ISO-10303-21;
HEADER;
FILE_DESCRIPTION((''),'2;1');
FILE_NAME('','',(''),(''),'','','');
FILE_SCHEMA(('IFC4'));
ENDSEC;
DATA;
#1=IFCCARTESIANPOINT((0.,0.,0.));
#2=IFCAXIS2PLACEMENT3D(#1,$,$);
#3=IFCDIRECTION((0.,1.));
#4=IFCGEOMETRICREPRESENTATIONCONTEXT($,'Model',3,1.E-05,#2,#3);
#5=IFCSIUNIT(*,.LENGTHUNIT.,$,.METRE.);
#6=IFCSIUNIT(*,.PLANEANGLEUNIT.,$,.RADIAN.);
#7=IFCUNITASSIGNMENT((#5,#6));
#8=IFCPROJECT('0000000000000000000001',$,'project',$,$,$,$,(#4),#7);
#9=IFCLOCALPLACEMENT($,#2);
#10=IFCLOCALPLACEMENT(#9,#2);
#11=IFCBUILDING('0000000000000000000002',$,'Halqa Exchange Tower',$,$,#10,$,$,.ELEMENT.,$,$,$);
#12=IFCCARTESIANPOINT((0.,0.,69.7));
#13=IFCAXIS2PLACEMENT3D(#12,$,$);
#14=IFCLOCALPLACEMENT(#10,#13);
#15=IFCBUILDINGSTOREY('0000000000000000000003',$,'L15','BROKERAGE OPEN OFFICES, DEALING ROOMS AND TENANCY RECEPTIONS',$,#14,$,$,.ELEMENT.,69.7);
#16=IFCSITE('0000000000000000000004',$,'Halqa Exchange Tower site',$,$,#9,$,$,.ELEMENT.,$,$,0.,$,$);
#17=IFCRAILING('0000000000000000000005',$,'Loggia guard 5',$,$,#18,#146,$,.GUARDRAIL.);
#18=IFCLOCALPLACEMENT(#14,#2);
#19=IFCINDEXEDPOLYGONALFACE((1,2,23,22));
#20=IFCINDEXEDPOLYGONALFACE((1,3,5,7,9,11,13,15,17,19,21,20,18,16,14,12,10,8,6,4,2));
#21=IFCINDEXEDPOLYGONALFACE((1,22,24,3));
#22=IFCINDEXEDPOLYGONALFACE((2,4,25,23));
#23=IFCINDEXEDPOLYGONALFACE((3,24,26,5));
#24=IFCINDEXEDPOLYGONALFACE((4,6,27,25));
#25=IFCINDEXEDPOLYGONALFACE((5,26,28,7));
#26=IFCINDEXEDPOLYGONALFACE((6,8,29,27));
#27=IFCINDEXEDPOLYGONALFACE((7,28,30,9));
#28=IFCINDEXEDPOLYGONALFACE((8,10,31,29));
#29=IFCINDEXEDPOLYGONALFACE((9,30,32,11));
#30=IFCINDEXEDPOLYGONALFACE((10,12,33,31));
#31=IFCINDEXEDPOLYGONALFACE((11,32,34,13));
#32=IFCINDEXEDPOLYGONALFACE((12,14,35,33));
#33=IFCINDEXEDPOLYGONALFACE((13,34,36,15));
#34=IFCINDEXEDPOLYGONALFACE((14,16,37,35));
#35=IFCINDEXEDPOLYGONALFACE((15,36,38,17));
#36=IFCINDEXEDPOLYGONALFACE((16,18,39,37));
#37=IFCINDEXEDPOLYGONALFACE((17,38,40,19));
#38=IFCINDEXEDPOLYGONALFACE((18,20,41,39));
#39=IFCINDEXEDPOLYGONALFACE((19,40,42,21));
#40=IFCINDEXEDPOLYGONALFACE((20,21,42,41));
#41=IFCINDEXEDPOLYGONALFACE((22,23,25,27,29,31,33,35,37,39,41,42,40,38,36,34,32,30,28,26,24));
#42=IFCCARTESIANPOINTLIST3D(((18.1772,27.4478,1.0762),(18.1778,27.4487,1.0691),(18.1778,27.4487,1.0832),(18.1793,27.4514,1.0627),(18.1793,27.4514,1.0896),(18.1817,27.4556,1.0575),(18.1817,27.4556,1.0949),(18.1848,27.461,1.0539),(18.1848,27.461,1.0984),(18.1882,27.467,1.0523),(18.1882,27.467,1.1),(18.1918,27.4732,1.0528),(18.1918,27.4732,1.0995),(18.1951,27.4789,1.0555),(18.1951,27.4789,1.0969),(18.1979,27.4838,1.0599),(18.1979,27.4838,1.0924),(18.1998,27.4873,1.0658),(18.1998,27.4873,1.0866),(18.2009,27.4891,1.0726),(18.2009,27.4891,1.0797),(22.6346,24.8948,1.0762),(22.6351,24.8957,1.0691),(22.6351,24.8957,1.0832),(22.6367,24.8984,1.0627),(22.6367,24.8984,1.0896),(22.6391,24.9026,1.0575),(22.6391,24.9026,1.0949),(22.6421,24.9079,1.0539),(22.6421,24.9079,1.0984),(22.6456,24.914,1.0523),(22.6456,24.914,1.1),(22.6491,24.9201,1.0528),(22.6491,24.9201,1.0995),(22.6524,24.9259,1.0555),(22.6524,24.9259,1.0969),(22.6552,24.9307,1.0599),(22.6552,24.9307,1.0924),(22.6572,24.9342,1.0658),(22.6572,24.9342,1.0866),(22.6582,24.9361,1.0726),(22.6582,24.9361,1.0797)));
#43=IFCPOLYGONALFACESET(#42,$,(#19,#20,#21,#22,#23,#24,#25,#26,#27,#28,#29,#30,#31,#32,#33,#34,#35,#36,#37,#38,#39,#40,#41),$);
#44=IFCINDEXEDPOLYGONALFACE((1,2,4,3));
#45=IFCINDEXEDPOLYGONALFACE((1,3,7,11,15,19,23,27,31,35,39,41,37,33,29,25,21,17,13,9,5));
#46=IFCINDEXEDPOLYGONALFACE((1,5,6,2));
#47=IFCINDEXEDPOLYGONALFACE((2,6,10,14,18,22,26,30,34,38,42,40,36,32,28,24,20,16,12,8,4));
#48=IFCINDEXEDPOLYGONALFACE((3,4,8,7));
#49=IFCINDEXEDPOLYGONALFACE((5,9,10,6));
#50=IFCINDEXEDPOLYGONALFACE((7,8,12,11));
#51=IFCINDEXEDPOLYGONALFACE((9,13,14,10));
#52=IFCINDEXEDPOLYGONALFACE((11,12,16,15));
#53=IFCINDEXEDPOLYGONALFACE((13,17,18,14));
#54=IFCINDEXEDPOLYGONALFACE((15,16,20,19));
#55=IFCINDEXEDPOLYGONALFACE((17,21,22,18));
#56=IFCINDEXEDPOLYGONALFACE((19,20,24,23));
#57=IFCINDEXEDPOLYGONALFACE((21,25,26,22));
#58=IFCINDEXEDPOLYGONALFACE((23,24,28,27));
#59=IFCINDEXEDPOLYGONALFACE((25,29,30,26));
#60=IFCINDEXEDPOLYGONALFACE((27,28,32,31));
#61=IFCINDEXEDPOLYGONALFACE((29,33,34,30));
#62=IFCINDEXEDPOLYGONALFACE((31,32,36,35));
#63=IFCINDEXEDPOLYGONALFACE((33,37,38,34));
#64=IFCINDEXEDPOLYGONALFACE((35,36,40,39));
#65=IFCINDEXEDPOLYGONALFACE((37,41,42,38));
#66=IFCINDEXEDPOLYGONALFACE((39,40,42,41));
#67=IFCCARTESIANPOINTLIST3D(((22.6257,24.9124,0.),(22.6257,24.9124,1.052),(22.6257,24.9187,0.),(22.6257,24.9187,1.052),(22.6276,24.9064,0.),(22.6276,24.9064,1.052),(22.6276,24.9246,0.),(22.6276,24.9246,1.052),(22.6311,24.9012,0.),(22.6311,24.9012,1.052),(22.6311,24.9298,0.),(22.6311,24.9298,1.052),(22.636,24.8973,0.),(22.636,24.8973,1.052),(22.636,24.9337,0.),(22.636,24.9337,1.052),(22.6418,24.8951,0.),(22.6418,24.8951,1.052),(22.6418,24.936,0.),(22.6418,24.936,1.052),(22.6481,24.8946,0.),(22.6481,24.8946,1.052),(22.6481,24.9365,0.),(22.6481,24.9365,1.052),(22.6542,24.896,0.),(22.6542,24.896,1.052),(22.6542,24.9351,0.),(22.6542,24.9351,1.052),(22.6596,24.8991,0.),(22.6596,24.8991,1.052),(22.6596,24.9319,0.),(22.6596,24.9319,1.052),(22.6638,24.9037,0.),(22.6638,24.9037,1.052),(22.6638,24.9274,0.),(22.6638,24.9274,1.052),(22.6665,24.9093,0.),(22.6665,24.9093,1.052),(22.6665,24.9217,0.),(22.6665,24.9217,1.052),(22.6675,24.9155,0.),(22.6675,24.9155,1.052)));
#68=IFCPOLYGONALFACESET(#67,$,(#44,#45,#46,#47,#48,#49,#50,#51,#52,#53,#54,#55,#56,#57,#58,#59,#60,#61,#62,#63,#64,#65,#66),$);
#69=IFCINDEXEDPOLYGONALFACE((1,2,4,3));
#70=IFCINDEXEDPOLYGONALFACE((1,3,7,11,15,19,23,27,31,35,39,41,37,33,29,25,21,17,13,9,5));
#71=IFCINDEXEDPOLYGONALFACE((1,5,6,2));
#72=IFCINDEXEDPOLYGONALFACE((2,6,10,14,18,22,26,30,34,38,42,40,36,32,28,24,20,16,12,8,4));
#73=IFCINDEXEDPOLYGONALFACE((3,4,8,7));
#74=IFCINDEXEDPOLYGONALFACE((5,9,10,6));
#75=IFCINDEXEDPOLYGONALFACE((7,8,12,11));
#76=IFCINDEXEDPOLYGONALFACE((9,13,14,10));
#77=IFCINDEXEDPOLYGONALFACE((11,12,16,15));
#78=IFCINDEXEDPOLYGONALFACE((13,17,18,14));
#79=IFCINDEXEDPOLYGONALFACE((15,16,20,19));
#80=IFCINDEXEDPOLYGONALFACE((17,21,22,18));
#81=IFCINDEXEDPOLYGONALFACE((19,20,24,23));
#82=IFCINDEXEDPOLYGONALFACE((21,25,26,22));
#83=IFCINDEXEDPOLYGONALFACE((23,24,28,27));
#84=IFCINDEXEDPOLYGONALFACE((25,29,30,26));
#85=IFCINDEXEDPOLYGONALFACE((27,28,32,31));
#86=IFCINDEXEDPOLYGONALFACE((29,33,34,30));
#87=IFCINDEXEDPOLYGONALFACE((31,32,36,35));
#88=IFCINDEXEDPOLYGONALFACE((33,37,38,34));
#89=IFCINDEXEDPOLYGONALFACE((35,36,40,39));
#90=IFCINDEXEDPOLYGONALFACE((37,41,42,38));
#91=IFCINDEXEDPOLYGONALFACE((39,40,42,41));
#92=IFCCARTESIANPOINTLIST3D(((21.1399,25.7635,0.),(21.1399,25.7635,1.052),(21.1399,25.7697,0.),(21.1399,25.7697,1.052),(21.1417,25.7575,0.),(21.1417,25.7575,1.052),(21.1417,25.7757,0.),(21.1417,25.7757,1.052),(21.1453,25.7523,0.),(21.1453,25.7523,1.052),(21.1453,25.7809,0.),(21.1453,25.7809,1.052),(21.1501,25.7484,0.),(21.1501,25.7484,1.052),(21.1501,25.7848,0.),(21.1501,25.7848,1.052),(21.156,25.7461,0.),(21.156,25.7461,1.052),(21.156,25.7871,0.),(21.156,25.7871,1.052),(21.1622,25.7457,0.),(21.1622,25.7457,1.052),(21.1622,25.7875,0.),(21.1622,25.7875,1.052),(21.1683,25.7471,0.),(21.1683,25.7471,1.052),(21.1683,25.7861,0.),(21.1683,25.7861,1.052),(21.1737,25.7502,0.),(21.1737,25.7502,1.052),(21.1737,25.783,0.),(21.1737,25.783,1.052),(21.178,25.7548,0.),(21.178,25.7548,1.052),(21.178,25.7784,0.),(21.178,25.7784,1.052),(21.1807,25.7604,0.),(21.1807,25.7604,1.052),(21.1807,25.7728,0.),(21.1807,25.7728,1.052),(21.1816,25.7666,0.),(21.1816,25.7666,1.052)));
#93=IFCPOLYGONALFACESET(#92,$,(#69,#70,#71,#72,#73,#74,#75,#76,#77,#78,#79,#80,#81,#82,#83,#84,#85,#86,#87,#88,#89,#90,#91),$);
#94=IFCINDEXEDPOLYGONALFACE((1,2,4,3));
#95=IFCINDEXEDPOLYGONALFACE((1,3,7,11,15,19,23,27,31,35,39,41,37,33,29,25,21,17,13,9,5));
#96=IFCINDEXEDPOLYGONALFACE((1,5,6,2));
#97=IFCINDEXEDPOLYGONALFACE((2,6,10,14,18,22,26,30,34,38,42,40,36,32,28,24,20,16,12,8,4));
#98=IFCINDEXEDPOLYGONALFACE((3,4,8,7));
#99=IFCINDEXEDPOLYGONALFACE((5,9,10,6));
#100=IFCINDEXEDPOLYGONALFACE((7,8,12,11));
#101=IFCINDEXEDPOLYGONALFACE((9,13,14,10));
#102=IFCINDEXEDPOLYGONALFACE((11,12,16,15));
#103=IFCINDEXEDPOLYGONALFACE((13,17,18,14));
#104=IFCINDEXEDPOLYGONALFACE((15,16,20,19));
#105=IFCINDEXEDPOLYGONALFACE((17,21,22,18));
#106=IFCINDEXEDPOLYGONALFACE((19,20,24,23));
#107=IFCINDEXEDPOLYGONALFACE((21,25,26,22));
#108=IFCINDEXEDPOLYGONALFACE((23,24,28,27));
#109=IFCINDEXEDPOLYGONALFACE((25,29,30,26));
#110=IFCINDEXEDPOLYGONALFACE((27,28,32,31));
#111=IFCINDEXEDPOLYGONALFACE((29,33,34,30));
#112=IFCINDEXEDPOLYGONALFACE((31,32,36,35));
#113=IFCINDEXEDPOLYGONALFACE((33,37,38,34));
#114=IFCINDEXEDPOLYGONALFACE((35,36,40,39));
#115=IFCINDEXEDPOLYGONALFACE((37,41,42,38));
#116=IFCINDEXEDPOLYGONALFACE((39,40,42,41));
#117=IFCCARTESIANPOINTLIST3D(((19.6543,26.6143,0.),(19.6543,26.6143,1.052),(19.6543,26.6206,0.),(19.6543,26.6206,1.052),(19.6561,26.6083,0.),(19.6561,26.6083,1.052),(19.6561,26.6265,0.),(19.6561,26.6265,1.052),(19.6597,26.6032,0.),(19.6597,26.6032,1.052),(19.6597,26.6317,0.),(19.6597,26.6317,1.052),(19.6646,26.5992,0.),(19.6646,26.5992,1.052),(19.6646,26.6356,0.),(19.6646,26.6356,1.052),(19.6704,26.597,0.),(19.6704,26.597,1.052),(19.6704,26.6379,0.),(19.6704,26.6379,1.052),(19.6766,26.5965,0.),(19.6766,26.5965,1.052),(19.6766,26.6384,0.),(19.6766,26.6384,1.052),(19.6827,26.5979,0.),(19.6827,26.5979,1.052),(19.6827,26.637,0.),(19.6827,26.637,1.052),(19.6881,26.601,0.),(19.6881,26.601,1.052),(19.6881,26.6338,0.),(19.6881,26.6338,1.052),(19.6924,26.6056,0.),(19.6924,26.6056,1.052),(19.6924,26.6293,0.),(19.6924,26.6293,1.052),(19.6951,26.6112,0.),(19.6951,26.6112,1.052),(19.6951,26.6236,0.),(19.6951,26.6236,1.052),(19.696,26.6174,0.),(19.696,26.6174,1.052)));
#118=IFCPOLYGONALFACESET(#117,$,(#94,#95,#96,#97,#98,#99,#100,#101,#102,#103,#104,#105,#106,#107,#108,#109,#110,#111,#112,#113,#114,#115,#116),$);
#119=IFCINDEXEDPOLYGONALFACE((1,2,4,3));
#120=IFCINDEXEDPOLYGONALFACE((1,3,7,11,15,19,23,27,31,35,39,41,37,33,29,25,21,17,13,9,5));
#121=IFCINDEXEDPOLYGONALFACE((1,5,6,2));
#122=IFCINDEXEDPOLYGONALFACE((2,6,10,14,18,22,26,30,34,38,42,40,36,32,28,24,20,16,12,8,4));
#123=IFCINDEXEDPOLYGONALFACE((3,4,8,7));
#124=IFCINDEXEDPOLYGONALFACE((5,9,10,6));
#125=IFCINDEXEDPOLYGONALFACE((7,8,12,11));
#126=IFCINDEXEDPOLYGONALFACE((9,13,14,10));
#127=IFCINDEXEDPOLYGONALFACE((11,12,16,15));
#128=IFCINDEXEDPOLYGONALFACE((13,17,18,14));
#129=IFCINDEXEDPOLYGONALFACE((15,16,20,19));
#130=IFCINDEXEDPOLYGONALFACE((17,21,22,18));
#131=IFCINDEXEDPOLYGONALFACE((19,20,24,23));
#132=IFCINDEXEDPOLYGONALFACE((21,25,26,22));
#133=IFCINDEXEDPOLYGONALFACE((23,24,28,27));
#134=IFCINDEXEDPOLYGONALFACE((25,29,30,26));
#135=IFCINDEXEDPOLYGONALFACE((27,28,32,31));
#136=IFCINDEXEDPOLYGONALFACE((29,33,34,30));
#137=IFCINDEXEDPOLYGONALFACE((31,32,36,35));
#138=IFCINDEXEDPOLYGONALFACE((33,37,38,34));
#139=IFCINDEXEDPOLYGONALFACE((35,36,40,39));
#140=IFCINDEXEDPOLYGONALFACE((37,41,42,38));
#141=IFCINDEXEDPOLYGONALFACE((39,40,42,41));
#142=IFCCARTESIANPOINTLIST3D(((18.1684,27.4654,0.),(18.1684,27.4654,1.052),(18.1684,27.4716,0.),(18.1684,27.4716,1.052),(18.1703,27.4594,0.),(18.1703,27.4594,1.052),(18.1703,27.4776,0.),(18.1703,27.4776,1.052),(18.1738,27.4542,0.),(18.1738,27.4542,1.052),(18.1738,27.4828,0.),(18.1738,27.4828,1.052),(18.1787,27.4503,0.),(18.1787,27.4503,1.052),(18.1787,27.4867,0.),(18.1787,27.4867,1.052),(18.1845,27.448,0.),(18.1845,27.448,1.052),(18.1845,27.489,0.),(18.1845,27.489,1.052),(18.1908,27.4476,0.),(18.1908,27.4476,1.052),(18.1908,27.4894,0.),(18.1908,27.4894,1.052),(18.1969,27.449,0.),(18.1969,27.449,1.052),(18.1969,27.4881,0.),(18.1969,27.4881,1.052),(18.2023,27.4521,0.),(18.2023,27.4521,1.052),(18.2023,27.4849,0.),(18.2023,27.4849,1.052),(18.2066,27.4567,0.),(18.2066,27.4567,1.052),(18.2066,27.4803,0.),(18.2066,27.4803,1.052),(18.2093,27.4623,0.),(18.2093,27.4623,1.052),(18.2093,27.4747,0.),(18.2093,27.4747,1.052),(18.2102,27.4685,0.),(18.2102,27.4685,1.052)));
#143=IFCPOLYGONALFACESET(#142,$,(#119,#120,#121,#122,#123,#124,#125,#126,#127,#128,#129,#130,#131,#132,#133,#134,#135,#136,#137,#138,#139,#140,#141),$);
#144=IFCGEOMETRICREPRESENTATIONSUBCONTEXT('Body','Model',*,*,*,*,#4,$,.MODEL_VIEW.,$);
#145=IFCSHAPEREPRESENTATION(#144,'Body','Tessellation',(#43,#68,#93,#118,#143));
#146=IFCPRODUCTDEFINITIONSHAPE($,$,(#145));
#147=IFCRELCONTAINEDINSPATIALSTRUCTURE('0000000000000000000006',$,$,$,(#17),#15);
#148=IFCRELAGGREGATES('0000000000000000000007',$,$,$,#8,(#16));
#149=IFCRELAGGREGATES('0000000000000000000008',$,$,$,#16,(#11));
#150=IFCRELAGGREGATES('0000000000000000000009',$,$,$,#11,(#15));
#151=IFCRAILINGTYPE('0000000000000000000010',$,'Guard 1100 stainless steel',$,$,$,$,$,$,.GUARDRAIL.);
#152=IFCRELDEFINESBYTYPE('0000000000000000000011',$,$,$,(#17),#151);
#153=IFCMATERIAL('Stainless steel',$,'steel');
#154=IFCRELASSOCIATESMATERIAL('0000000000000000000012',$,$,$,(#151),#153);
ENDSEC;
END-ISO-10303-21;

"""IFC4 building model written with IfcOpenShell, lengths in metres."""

from ifc_helpers import new_model, si_unit, direction, frame, origin, origin_2d, place, context, subcontext, project, spatial, circle, extrude, material, type_object, element, save


model = new_model("IFC4")

# Units and contexts
model_context = context("Model", 3, precision=1e-05, world=origin(), true_north=direction((0.0, 1.0)))
body_context = subcontext(model_context, "Body", "Model", "MODEL_VIEW")
ifc_project = project(units=[si_unit("LENGTHUNIT", "METRE"), si_unit("PLANEANGLEUNIT", "RADIAN")], contexts=[model_context])

# Site, building, storey
site_placement = place(None, origin())
site = spatial("IfcSite", under=ifc_project, at=site_placement, Name="Halqa Exchange Tower site", CompositionType="ELEMENT", RefElevation=0.0)
building_placement = place(site_placement, origin())
building = spatial("IfcBuilding", under=site, at=building_placement, Name="Halqa Exchange Tower", CompositionType="ELEMENT")
storey_placement = place(building_placement, frame((0.0, 0.0, 69.7)))
storey = spatial("IfcBuildingStorey", under=building, at=storey_placement, Name="L15", Description="BROKERAGE OPEN OFFICES, DEALING ROOMS AND TENANCY RECEPTIONS", CompositionType="ELEMENT", Elevation=69.7)

# Railing
ifc_material_1 = material(Name="Stainless steel", Category="steel")
railing_type = type_object("IfcRailingType", Name="Guard 1100 stainless steel", PredefinedType="GUARDRAIL", material=ifc_material_1)
railing_1_placement = place(storey_placement, frame((22.6465, 24.9155, 0.0)))
element("IfcRailing", 1, at=railing_1_placement, inside=storey, type_object=railing_type, Name="Loggia guard 5", PredefinedType="GUARDRAIL", context=body_context, shape_type="SweptSolid", body=[
    extrude(circle(Radius=0.0239, at=origin_2d()), frame((0.0, 0.0, 1.0762), z_axis=(-0.867743, 0.497014, 0.0), x_axis=(-0.497014, -0.867743, 0.0)), (0.0, 0.0, 1.0), 5.1367),
    extrude(circle(Radius=0.021, at=origin_2d()), origin(), (0.0, 0.0, 1.0), 1.052),
    extrude(circle(Radius=0.021, at=origin_2d()), frame((-1.4858, 0.8511, 0.0)), (0.0, 0.0, 1.0), 1.052),
    extrude(circle(Radius=0.021, at=origin_2d()), frame((-2.9714, 1.7019, 0.0)), (0.0, 0.0, 1.0), 1.052),
    extrude(circle(Radius=0.021, at=origin_2d()), frame((-4.4573, 2.553, 0.0)), (0.0, 0.0, 1.0), 1.052),
])

save(model, "model.ifc")
